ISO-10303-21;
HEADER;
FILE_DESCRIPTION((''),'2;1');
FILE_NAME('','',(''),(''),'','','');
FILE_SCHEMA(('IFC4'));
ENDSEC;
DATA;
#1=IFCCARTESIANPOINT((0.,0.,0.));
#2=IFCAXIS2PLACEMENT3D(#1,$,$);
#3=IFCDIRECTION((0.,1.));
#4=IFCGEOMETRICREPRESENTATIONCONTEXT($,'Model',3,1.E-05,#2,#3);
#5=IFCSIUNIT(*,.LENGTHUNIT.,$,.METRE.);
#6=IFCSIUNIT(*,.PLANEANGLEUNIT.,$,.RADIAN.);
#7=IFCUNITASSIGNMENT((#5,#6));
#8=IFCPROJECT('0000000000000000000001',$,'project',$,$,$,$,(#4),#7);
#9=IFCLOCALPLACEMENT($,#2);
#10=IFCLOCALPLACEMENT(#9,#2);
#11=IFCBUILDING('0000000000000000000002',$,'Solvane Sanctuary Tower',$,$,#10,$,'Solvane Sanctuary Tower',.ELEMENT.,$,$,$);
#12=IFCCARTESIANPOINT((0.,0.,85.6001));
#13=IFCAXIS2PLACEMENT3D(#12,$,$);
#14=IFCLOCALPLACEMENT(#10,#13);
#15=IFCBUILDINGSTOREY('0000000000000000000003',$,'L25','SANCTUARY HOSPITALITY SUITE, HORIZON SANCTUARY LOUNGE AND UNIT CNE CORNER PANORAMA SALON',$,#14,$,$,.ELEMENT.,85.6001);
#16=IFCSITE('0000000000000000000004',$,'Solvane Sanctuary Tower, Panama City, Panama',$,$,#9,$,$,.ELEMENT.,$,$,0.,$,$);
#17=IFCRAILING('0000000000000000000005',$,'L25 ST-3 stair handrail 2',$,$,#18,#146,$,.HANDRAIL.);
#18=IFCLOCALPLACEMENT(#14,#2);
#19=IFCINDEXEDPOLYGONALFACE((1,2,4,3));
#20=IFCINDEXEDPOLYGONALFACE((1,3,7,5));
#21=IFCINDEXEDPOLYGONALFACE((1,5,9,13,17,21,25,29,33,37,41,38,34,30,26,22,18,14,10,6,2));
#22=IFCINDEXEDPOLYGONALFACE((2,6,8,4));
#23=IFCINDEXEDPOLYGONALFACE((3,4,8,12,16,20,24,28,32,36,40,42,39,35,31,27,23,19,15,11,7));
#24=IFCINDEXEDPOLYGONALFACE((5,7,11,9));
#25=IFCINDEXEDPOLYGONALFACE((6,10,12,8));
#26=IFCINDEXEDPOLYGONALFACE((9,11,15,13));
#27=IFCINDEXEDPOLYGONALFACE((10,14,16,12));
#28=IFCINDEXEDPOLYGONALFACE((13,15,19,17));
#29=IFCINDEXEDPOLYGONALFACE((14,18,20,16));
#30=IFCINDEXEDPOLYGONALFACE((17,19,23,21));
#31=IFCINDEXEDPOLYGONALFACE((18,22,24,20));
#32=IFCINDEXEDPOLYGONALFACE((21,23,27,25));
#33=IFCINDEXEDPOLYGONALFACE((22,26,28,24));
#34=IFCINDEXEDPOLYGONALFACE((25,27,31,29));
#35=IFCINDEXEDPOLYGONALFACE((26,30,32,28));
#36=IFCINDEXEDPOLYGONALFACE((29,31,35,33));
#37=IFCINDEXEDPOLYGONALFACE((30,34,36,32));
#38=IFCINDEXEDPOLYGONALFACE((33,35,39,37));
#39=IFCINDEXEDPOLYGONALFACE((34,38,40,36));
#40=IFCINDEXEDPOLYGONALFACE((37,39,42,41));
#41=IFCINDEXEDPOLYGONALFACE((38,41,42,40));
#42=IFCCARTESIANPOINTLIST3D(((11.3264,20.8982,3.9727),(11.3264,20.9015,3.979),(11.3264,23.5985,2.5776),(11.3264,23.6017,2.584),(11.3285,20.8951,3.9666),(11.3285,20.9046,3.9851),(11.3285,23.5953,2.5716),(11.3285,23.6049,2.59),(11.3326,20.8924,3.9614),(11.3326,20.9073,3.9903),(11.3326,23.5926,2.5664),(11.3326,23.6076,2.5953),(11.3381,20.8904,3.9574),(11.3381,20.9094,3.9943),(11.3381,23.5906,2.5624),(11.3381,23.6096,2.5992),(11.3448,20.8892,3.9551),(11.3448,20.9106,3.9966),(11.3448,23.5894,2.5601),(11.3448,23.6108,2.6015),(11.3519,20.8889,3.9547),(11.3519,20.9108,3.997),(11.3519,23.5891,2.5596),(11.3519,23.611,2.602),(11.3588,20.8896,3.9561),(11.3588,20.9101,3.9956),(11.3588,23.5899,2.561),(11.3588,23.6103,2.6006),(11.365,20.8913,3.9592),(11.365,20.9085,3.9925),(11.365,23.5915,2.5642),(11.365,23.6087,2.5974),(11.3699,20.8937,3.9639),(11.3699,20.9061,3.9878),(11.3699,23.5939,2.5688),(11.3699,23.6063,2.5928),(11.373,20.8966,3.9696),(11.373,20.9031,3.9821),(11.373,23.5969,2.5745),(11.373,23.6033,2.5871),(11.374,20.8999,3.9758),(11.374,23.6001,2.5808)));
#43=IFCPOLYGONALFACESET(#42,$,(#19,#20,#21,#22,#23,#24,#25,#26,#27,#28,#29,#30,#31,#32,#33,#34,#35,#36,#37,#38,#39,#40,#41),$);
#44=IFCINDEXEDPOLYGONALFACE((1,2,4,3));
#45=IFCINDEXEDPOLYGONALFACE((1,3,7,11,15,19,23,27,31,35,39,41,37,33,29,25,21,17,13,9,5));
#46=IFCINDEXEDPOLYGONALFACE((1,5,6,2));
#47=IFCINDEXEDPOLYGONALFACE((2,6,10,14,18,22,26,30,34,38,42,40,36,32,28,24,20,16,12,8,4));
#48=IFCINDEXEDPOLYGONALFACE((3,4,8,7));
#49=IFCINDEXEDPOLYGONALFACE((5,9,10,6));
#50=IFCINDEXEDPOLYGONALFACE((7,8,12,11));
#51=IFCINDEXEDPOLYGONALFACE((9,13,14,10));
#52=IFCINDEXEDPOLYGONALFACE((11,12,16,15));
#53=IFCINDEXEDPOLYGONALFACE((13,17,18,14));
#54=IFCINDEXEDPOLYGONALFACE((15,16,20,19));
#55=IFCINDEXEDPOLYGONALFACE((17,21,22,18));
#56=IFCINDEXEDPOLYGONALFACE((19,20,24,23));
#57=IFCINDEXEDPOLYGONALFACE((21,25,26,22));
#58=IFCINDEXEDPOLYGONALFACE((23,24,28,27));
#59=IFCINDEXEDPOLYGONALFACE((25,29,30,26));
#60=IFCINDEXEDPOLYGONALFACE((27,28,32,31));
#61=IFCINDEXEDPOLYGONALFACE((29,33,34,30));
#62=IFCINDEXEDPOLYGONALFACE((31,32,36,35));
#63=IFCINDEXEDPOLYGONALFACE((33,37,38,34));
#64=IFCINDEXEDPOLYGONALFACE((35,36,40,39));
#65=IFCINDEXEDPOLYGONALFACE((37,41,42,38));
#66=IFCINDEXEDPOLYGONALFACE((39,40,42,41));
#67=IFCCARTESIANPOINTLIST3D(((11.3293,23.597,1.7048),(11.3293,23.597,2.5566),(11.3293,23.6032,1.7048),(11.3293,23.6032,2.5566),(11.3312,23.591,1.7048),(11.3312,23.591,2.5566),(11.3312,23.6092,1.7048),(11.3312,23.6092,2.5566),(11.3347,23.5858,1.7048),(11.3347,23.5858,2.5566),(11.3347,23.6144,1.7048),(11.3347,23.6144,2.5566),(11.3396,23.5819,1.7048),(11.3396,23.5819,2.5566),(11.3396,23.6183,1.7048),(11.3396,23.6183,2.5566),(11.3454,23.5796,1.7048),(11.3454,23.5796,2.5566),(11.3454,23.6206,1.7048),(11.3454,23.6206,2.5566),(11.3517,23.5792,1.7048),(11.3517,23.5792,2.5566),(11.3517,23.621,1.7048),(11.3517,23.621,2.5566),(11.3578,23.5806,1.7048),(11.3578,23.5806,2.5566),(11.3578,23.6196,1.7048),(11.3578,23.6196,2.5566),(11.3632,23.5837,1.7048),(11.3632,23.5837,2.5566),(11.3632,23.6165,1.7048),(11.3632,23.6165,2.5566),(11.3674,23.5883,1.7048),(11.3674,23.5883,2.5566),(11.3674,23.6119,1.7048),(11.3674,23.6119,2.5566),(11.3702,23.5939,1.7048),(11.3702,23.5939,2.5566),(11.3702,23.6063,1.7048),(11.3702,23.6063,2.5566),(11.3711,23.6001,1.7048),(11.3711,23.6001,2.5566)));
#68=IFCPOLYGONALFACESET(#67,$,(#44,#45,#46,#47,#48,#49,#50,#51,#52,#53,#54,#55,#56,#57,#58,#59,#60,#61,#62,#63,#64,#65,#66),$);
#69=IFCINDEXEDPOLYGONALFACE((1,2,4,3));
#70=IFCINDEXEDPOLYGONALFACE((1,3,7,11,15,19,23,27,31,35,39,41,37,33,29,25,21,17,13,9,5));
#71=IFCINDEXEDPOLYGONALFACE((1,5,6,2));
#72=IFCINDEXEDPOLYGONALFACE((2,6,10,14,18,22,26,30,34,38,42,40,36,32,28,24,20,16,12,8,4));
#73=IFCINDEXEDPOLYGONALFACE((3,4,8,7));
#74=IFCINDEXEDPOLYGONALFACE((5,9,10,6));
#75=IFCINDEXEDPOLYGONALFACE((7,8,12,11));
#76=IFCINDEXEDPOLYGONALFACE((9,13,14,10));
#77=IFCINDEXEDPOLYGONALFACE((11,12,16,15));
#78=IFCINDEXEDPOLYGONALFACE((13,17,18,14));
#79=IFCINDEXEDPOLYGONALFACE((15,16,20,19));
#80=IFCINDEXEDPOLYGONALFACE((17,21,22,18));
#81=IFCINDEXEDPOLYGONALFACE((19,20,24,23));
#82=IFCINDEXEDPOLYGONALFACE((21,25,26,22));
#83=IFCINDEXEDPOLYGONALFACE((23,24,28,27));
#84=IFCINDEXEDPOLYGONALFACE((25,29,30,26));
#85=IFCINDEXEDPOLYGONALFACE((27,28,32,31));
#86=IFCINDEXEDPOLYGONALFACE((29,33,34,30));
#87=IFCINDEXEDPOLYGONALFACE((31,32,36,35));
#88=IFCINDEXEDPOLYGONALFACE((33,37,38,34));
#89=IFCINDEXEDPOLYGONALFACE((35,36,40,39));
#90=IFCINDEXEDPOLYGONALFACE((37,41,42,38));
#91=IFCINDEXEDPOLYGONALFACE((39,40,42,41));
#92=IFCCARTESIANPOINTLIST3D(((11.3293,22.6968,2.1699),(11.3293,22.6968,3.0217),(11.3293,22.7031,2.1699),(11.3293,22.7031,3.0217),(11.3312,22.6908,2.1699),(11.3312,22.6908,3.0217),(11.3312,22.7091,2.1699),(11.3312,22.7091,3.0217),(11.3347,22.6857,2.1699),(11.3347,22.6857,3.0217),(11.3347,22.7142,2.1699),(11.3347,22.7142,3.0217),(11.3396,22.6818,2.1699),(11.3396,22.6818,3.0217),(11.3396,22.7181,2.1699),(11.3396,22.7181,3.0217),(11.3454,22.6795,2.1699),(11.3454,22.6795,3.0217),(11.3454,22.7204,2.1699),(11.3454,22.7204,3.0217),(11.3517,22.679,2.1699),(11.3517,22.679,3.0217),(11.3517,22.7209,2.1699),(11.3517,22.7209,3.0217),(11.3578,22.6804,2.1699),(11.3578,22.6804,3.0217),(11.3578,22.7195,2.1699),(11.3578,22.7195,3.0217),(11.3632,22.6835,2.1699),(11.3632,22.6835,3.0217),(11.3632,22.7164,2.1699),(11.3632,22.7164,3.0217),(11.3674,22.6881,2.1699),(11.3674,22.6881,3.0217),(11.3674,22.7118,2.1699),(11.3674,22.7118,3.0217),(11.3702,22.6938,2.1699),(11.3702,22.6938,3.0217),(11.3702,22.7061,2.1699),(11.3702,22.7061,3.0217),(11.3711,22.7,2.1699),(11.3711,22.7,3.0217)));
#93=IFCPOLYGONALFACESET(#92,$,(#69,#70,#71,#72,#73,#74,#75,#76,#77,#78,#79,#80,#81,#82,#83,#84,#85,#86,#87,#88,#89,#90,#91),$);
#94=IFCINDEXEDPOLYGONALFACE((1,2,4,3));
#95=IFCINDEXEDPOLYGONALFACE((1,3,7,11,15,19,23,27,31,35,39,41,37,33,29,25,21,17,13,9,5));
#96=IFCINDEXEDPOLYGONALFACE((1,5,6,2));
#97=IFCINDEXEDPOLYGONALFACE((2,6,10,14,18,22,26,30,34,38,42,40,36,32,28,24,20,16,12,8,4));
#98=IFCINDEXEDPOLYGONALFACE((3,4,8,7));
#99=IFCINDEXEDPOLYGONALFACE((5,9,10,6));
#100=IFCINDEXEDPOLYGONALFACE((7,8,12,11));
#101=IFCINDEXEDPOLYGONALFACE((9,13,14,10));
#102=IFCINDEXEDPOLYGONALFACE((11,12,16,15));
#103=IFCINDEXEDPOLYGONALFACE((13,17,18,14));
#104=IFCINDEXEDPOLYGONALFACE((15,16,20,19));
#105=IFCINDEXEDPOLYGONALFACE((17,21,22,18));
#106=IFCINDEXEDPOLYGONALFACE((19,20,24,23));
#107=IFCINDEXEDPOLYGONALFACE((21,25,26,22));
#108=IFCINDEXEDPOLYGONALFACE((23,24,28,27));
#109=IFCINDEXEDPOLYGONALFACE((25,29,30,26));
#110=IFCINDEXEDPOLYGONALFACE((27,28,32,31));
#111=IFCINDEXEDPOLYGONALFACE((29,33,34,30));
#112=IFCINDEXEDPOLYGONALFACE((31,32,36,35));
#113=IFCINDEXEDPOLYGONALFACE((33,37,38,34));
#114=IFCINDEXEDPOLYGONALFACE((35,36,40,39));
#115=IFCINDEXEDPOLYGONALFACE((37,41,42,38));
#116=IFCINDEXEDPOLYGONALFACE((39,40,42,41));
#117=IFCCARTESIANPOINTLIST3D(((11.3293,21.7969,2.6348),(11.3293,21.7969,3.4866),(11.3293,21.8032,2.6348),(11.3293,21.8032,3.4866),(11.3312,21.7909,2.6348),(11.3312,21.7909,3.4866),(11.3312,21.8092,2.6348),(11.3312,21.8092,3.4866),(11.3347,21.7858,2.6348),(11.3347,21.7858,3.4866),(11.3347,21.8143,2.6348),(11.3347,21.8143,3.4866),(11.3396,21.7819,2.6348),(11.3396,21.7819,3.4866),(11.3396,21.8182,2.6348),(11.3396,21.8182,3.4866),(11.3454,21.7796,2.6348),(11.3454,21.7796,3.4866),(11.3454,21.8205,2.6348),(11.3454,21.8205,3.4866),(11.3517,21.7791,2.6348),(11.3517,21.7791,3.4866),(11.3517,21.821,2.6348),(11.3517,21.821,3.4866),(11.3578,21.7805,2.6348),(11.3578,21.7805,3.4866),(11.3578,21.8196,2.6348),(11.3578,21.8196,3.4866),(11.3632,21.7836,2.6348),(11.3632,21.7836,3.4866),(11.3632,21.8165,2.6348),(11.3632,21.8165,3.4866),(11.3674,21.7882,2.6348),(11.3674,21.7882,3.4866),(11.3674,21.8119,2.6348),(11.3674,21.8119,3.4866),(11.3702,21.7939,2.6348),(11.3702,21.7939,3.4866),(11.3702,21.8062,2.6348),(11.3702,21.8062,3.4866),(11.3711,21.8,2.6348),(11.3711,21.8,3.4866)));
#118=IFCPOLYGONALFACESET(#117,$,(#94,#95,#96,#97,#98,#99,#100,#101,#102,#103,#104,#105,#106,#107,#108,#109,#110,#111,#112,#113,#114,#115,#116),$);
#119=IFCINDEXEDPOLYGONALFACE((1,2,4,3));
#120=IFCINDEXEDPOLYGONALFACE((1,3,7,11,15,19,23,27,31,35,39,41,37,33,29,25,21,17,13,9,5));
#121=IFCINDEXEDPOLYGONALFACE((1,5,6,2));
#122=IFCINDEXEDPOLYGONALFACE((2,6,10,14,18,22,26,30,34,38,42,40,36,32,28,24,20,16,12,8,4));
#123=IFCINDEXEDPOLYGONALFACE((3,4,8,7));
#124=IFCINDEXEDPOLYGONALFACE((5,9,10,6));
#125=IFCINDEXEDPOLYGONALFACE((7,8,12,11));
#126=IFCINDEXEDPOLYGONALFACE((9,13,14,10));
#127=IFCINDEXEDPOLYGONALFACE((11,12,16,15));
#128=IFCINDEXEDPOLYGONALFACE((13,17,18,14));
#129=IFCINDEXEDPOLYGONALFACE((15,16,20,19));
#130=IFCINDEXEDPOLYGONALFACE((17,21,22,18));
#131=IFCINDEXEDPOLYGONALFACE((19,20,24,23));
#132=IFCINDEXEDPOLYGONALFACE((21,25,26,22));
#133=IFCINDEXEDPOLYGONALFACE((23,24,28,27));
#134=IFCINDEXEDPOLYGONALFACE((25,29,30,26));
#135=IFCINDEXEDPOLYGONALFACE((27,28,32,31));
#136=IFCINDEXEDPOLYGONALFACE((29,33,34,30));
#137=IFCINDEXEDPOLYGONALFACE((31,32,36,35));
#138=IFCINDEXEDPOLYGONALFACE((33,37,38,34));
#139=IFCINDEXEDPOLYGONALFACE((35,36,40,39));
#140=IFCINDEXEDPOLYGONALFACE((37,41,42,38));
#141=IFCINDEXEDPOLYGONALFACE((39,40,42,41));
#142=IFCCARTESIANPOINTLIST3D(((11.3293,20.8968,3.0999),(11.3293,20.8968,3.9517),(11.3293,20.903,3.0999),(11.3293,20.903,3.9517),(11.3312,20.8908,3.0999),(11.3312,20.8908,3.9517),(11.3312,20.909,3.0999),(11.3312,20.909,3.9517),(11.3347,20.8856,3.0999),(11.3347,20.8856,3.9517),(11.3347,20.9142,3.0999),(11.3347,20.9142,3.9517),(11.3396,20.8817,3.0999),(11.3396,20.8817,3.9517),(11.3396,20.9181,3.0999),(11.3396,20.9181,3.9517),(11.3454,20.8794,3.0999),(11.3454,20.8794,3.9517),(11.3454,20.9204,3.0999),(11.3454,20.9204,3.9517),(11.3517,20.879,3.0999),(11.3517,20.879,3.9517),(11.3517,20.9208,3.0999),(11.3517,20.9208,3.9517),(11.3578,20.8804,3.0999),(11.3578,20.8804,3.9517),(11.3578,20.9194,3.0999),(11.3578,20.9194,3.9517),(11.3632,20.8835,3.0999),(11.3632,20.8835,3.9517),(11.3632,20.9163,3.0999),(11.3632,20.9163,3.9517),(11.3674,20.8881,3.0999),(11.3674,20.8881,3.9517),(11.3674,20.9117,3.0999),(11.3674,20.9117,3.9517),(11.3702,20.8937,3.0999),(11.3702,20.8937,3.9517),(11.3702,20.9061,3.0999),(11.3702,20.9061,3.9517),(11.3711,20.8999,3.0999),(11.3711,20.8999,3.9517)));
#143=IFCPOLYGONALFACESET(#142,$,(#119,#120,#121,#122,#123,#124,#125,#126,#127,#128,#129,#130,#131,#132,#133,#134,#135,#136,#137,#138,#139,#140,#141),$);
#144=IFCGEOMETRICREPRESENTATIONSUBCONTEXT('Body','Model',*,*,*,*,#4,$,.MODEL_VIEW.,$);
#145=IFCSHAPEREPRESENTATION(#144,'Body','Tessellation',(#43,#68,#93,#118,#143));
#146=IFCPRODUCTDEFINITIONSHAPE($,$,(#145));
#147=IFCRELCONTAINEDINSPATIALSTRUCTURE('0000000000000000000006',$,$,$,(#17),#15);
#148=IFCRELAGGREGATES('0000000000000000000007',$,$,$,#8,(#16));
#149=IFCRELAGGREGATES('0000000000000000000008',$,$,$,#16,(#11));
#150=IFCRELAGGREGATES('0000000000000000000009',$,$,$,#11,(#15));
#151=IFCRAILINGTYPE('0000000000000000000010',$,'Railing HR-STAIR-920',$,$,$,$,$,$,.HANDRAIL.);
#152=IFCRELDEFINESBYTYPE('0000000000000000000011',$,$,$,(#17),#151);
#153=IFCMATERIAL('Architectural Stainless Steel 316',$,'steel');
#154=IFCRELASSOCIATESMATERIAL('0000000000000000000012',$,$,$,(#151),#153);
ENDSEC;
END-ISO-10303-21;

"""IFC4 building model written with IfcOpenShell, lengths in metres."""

from ifc_helpers import new_model, si_unit, direction, frame, origin, origin_2d, place, context, subcontext, project, spatial, circle, extrude, material, type_object, element, save


model = new_model("IFC4")

# Units and contexts
model_context = context("Model", 3, precision=1e-05, world=origin(), true_north=direction((0.0, 1.0)))
body_context = subcontext(model_context, "Body", "Model", "MODEL_VIEW")
ifc_project = project(units=[si_unit("LENGTHUNIT", "METRE"), si_unit("PLANEANGLEUNIT", "RADIAN")], contexts=[model_context])

# Site, building, storey
site_placement = place(None, origin())
site = spatial("IfcSite", under=ifc_project, at=site_placement, Name="Solvane Sanctuary Tower, Panama City, Panama", CompositionType="ELEMENT", RefElevation=0.0)
building_placement = place(site_placement, origin())
building = spatial("IfcBuilding", under=site, at=building_placement, Name="Solvane Sanctuary Tower", LongName="Solvane Sanctuary Tower", CompositionType="ELEMENT")
storey_placement = place(building_placement, frame((0.0, 0.0, 85.6001)))
storey = spatial("IfcBuildingStorey", under=building, at=storey_placement, Name="L25", Description="SANCTUARY HOSPITALITY SUITE, HORIZON SANCTUARY LOUNGE AND UNIT CNE CORNER PANORAMA SALON", CompositionType="ELEMENT", Elevation=85.6001)

# Railing
ifc_material_1 = material(Name="Architectural Stainless Steel 316", Category="steel")
railing_type_1 = type_object("IfcRailingType", Name="Railing HR-STAIR-920", PredefinedType="HANDRAIL", material=ifc_material_1)
railing_1_placement = place(storey_placement, frame((11.3501, 23.6001, 1.7048)))
element("IfcRailing", 1, at=railing_1_placement, inside=storey, type_object=railing_type_1, Name="L25 ST-3 stair handrail 2", PredefinedType="HANDRAIL", context=body_context, shape_type="SweptSolid", body=[
    extrude(circle(Radius=0.0239, at=origin_2d()), frame((0.0, 0.0, 0.876), z_axis=(0.0, -0.888437, 0.458999), x_axis=(1.0, 0.0, 0.0)), (0.0, 0.0, 1.0), 3.0393),
    extrude(circle(Radius=0.021, at=origin_2d()), origin(), (0.0, 0.0, 1.0), 0.8518),
    extrude(circle(Radius=0.021, at=origin_2d()), frame((0.0, -0.9001, 0.4651)), (0.0, 0.0, 1.0), 0.8518),
    extrude(circle(Radius=0.021, at=origin_2d()), frame((0.0, -1.8, 0.9299)), (0.0, 0.0, 1.0), 0.8518),
    extrude(circle(Radius=0.021, at=origin_2d()), frame((0.0, -2.7002, 1.395)), (0.0, 0.0, 1.0), 0.8518),
])

save(model, "model.ifc")
